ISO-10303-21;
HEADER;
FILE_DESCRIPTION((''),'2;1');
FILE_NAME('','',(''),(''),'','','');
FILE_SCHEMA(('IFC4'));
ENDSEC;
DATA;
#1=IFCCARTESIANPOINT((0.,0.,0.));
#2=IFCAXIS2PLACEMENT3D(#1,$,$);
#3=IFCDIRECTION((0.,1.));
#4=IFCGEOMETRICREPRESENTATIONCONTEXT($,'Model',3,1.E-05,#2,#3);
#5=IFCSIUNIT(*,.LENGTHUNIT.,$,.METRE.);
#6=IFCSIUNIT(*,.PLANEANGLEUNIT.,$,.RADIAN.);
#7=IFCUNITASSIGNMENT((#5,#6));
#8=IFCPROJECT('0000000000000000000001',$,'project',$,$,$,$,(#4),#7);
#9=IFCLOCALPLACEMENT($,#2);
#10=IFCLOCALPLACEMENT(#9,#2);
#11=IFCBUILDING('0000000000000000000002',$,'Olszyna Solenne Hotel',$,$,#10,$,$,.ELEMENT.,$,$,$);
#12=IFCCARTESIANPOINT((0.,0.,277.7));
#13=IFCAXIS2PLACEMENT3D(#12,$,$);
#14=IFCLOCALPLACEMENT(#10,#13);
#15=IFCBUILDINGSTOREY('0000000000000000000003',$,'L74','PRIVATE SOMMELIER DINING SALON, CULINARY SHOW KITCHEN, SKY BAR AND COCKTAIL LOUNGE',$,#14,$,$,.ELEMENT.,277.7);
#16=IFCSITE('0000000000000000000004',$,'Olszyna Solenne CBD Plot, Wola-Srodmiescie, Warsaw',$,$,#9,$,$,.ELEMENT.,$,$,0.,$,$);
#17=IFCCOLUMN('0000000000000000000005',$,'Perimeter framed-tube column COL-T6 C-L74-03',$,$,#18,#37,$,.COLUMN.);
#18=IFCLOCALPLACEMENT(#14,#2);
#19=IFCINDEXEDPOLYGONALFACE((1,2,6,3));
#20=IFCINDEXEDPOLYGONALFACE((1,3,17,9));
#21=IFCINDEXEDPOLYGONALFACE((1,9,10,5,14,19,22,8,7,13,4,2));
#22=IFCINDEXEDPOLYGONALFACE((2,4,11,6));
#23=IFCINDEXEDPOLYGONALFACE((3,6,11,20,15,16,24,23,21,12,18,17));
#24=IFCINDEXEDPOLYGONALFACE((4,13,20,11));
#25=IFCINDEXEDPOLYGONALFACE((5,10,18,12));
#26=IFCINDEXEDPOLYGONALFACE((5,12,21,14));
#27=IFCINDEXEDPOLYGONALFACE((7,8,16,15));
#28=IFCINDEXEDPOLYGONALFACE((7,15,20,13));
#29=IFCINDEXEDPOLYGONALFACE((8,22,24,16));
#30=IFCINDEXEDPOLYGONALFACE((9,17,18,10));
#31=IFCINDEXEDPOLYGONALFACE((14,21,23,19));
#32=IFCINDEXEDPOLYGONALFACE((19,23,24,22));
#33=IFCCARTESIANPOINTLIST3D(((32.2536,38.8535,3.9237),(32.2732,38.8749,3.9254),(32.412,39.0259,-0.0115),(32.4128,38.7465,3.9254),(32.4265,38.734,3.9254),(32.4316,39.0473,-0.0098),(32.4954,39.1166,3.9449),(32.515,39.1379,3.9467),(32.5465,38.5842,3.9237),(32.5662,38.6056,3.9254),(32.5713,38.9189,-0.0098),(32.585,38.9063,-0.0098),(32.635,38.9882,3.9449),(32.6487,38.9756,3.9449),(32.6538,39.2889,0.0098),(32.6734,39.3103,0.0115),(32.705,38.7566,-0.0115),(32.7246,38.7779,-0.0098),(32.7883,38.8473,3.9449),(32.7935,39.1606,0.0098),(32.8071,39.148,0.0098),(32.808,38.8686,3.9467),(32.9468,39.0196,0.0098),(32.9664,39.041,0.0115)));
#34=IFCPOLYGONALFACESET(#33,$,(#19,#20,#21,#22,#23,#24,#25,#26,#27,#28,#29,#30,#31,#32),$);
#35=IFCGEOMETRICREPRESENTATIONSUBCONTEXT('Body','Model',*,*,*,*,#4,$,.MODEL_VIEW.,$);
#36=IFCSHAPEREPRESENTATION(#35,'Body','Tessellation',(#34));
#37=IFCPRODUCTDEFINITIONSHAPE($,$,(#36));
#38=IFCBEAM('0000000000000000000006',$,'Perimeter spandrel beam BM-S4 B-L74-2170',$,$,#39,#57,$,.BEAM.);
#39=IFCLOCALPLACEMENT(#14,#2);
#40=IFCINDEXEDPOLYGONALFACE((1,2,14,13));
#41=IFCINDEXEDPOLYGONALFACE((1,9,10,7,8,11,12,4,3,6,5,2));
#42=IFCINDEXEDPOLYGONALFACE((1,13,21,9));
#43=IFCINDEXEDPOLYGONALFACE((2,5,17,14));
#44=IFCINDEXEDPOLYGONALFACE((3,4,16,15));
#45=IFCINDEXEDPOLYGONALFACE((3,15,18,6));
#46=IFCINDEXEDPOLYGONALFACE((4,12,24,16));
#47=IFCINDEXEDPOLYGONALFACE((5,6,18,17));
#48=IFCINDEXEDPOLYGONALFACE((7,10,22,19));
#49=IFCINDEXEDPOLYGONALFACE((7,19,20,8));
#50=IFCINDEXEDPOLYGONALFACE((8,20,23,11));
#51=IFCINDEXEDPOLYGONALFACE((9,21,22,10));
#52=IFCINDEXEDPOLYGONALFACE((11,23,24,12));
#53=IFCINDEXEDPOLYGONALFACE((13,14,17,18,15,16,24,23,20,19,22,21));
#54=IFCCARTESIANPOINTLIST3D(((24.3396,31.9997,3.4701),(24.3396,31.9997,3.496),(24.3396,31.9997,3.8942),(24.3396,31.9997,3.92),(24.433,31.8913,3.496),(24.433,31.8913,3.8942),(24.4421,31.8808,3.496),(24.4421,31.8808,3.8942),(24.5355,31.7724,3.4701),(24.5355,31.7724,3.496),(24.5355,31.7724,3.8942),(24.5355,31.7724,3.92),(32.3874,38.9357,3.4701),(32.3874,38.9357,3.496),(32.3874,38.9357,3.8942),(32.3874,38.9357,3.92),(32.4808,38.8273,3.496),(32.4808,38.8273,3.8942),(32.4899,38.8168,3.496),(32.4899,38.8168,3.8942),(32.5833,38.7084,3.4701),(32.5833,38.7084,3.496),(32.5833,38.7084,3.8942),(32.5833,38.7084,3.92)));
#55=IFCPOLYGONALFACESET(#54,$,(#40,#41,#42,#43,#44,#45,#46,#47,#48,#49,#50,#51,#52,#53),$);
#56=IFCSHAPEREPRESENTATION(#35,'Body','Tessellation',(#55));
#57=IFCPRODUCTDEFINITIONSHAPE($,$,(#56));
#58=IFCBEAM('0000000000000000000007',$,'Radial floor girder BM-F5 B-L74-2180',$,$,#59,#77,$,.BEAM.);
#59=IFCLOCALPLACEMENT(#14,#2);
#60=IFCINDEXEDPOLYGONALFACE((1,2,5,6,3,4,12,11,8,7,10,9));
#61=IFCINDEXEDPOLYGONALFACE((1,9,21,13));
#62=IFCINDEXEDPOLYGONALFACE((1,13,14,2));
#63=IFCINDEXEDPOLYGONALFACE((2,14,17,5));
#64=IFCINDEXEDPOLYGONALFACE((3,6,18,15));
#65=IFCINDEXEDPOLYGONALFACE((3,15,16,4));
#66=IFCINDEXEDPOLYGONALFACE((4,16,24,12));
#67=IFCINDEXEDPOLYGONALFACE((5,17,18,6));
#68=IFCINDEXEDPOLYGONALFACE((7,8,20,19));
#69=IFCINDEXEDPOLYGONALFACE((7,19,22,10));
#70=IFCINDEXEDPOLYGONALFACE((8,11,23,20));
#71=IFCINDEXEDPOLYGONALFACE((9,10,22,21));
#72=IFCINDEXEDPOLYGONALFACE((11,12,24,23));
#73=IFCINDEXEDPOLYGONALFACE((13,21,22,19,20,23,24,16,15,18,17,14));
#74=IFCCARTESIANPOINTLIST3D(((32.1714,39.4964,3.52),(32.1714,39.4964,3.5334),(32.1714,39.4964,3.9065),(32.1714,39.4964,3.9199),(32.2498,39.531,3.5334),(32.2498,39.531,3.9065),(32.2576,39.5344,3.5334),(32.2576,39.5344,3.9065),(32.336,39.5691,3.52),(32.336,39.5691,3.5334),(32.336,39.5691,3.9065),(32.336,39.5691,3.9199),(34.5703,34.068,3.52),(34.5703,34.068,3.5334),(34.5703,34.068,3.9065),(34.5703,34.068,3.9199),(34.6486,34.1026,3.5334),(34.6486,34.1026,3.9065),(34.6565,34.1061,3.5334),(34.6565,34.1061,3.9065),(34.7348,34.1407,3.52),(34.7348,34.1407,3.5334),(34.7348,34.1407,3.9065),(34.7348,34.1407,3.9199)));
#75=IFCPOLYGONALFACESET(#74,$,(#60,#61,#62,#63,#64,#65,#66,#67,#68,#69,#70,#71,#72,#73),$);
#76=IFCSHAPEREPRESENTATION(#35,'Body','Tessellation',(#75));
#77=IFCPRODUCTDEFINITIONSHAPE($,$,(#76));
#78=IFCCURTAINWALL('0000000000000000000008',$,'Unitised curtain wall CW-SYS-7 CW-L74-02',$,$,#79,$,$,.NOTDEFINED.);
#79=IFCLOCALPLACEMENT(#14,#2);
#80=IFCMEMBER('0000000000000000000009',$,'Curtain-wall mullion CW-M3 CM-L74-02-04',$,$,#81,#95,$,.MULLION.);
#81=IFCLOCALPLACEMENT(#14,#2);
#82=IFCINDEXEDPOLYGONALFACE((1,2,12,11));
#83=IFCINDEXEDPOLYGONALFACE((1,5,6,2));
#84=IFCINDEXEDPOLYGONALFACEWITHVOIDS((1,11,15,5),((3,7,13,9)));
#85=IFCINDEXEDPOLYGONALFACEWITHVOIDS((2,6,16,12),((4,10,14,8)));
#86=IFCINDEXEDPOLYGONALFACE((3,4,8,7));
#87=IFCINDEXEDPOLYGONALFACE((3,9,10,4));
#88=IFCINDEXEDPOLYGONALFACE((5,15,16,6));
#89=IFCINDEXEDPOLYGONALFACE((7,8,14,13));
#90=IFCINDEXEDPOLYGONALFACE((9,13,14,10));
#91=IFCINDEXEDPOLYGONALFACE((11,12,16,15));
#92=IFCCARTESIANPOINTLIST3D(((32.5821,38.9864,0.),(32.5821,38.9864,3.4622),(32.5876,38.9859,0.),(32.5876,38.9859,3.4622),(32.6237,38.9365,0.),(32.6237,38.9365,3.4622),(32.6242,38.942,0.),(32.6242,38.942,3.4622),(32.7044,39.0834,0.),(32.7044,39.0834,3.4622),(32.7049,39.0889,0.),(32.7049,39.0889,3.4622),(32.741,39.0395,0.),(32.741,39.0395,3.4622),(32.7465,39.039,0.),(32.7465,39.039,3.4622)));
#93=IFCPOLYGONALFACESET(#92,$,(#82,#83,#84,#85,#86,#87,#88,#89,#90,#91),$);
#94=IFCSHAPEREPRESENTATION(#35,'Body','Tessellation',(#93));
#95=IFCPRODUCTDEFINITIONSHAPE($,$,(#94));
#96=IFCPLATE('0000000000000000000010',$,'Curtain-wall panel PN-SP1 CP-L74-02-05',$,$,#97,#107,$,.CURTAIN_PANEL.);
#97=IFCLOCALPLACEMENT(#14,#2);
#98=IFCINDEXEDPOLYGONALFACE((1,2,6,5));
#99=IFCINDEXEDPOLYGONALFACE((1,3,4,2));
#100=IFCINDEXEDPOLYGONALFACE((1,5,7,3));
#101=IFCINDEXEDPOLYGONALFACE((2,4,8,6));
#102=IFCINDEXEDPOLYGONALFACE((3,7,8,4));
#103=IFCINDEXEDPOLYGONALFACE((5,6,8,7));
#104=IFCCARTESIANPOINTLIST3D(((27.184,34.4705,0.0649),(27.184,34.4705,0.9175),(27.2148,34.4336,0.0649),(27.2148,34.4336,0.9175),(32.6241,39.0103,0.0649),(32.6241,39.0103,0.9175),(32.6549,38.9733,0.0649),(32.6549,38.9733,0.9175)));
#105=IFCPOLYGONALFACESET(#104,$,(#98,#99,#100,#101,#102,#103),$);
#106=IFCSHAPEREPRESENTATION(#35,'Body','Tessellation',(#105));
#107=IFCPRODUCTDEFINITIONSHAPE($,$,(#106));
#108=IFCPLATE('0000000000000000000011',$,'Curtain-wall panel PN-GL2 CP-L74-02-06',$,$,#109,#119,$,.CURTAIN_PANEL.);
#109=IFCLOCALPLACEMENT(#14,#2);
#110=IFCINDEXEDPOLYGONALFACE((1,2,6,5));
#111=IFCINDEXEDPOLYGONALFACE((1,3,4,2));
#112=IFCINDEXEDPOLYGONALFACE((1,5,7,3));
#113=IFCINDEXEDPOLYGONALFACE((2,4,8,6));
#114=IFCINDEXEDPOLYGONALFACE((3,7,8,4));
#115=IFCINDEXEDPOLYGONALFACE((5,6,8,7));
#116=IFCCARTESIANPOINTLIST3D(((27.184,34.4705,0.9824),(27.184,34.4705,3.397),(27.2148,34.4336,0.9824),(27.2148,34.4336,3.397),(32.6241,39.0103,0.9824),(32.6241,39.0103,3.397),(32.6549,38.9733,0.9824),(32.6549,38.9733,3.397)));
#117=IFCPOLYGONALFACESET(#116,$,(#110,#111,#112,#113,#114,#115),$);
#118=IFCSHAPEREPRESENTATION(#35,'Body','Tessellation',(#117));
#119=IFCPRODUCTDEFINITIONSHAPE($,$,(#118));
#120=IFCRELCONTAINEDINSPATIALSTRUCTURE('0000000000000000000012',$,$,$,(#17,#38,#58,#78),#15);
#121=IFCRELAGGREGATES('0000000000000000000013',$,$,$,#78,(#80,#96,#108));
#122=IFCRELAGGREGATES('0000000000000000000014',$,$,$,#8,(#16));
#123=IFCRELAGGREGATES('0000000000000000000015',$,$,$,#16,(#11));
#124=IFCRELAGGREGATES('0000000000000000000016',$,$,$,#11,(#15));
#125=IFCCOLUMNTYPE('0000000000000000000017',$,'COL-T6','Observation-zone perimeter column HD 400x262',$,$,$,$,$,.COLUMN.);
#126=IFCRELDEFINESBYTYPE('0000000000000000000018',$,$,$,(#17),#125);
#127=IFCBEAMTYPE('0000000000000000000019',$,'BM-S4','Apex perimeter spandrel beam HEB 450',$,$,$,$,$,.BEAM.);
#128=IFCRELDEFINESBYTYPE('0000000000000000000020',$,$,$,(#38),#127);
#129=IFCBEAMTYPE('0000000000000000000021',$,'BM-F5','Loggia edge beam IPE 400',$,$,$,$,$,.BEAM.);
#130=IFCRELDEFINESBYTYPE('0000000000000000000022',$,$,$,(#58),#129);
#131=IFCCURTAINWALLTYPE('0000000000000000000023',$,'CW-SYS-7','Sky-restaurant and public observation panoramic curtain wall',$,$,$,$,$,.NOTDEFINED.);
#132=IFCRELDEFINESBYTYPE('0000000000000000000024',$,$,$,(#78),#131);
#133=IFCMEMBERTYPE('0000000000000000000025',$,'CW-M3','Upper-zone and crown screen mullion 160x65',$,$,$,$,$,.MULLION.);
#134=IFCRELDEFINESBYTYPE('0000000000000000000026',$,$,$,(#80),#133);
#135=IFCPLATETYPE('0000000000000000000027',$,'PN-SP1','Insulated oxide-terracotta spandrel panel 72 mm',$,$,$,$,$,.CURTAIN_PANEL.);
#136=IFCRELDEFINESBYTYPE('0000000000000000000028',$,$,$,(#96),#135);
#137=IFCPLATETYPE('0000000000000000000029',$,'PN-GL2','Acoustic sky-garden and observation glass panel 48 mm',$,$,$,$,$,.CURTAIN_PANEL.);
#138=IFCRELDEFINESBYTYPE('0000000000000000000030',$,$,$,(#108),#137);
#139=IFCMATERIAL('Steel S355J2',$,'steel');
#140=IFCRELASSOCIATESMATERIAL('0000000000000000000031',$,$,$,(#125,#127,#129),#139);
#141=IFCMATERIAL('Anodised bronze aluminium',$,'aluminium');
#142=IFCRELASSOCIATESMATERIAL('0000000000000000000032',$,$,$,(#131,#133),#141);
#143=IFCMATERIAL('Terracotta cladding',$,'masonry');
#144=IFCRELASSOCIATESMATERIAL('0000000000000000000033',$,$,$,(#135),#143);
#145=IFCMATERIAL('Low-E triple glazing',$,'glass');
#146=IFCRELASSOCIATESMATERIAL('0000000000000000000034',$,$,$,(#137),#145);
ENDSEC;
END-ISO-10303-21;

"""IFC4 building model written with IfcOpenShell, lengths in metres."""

from ifc_helpers import new_model, si_unit, direction, frame, origin, origin_2d, place, context, subcontext, project, spatial, rectangle, hollow_rectangle, i_section, extrude, source, transform, mapped, material, material_profile, profile_set, type_object, element, aggregate, save


model = new_model("IFC4")

# Units and contexts
model_context = context("Model", 3, precision=1e-05, world=origin(), true_north=direction((0.0, 1.0)))
body_context = subcontext(model_context, "Body", "Model", "MODEL_VIEW")
ifc_project = project(units=[si_unit("LENGTHUNIT", "METRE"), si_unit("PLANEANGLEUNIT", "RADIAN")], contexts=[model_context])

# Site, building, storey
site_placement = place(None, origin())
site = spatial("IfcSite", under=ifc_project, at=site_placement, Name="Olszyna Solenne CBD Plot, Wola-Srodmiescie, Warsaw", CompositionType="ELEMENT", RefElevation=0.0)
building_placement = place(site_placement, origin())
building = spatial("IfcBuilding", under=site, at=building_placement, Name="Olszyna Solenne Hotel", CompositionType="ELEMENT")
storey_placement = place(building_placement, frame((0.0, 0.0, 277.7)))
storey = spatial("IfcBuildingStorey", under=building, at=storey_placement, Name="L74", Description="PRIVATE SOMMELIER DINING SALON, CULINARY SHOW KITCHEN, SKY BAR AND COCKTAIL LOUNGE", CompositionType="ELEMENT", Elevation=277.7)

# Column
ifc_material_1 = material(Name="Steel S355J2", Category="steel")
ifc_material_profile_1 = material_profile(ifc_material_1, i_section(OverallWidth=0.3979, OverallDepth=0.387, WebThickness=0.0186, FlangeThickness=0.0291, at=origin_2d()), Name="HD 400x262", Category="load-bearing")
ifc_profile_set_1 = profile_set([ifc_material_profile_1], Name="Steel S355J2")
column_type = type_object("IfcColumnType", Name="COL-T6", Description="Observation-zone perimeter column HD 400x262", PredefinedType="COLUMN", material=ifc_profile_set_1)
shared_shape_1 = source(origin(), body_context, "Body", "SweptSolid", [
    extrude(i_section(OverallWidth=0.3979, OverallDepth=0.387, WebThickness=0.0186, FlangeThickness=0.0291, at=origin_2d()), origin(), (0.0, 0.0, 1.0), 3.9421),
])
column_placement = place(storey_placement, frame((32.6892, 39.0334, 0.0), z_axis=(-0.040194, -0.043725, 0.998235), x_axis=(0.736201, -0.676763, 0.0)))
element("IfcColumn", 1, at=column_placement, inside=storey, type_object=column_type, Name="Perimeter framed-tube column COL-T6 C-L74-03", PredefinedType="COLUMN", context=body_context, shape_type="MappedRepresentation", body=[
    mapped(shared_shape_1, transform((0.0, 0.0, 0.0), x_axis=(1.0, 0.0, 0.0), y_axis=(0.0, 1.0, 0.0), z_axis=(0.0, 0.0, 1.0), scale=1.0)),
])

# Beams
ifc_material_profile_2 = material_profile(ifc_material_1, i_section(OverallWidth=0.3, OverallDepth=0.45, WebThickness=0.0139, FlangeThickness=0.0259, at=origin_2d()), Name="HEB 450", Category="load-bearing")
ifc_profile_set_2 = profile_set([ifc_material_profile_2], Name="Steel S355J2")
beam_type_1 = type_object("IfcBeamType", Name="BM-S4", Description="Apex perimeter spandrel beam HEB 450", PredefinedType="BEAM", material=ifc_profile_set_2)
shared_shape_2 = source(origin(), body_context, "Body", "SweptSolid", [
    extrude(i_section(OverallWidth=0.3, OverallDepth=0.45, WebThickness=0.0139, FlangeThickness=0.0259, at=origin_2d()), origin(), (0.0, 0.0, 1.0), 10.6243),
])
beam_1_placement = place(storey_placement, frame((32.4854, 38.822, 3.6951), z_axis=(-0.757492, -0.652844, 0.0), x_axis=(0.652844, -0.757492, 0.0)))
element("IfcBeam", 2, at=beam_1_placement, inside=storey, type_object=beam_type_1, Name="Perimeter spandrel beam BM-S4 B-L74-2170", PredefinedType="BEAM", context=body_context, shape_type="MappedRepresentation", body=[
    mapped(shared_shape_2, transform((0.0, 0.0, 0.0), x_axis=(1.0, 0.0, 0.0), y_axis=(0.0, 1.0, 0.0), z_axis=(0.0, 0.0, 1.0), scale=1.0)),
])
ifc_material_profile_3 = material_profile(ifc_material_1, i_section(OverallWidth=0.1799, OverallDepth=0.3999, WebThickness=0.0085, FlangeThickness=0.0134, at=origin_2d()), Name="IPE 400", Category="load-bearing")
ifc_profile_set_3 = profile_set([ifc_material_profile_3], Name="Steel S355J2")
beam_type_2 = type_object("IfcBeamType", Name="BM-F5", Description="Loggia edge beam IPE 400", PredefinedType="BEAM", material=ifc_profile_set_3)
shared_shape_3 = source(origin(), body_context, "Body", "SweptSolid", [
    extrude(i_section(OverallWidth=0.1799, OverallDepth=0.3999, WebThickness=0.0085, FlangeThickness=0.0134, at=origin_2d()), origin(), (0.0, 0.0, 1.0), 5.9348),
])
beam_2_placement = place(storey_placement, frame((32.2537, 39.5327, 3.72), z_axis=(0.404206, -0.914668, 0.0), x_axis=(0.914668, 0.404206, 0.0)))
element("IfcBeam", 3, at=beam_2_placement, inside=storey, type_object=beam_type_2, Name="Radial floor girder BM-F5 B-L74-2180", PredefinedType="BEAM", context=body_context, shape_type="MappedRepresentation", body=[
    mapped(shared_shape_3, transform((0.0, 0.0, 0.0), x_axis=(1.0, 0.0, 0.0), y_axis=(0.0, 1.0, 0.0), z_axis=(0.0, 0.0, 1.0), scale=1.0)),
])

# Curtain wall, member, plates
ifc_material_2 = material(Name="Anodised bronze aluminium", Category="aluminium")
curtain_wall_type = type_object("IfcCurtainWallType", Name="CW-SYS-7", Description="Sky-restaurant and public observation panoramic curtain wall", PredefinedType="NOTDEFINED", material=ifc_material_2)
curtain_wall_placement = place(storey_placement, origin())
curtain_wall = element("IfcCurtainWall", 4, at=curtain_wall_placement, inside=storey, type_object=curtain_wall_type, Name="Unitised curtain wall CW-SYS-7 CW-L74-02", PredefinedType="NOTDEFINED")
ifc_material_profile_4 = material_profile(ifc_material_2, hollow_rectangle(XDim=0.0649, YDim=0.1599, WallThickness=0.0039, at=origin_2d()), Name="MULL 160x65x4", Category="load-bearing")
ifc_profile_set_4 = profile_set([ifc_material_profile_4], Name="Anodised bronze aluminium")
member_type = type_object("IfcMemberType", Name="CW-M3", Description="Upper-zone and crown screen mullion 160x65", PredefinedType="MULLION", material=ifc_profile_set_4)
shared_shape_4 = source(origin(), body_context, "Body", "SweptSolid", [
    extrude(hollow_rectangle(XDim=0.0649, YDim=0.1599, WallThickness=0.0039, at=origin_2d()), origin(), (0.0, 0.0, 1.0), 3.4622),
])
member_placement = place(storey_placement, frame((32.6643, 39.0127, 0.0), z_axis=(0.0, 0.0, 1.0), x_axis=(-0.640715, 0.767779, 0.0)))
member = element("IfcMember", 5, at=member_placement, type_object=member_type, Name="Curtain-wall mullion CW-M3 CM-L74-02-04", PredefinedType="MULLION", context=body_context, shape_type="MappedRepresentation", body=[
    mapped(shared_shape_4, transform((0.0, 0.0, 0.0), x_axis=(1.0, 0.0, 0.0), y_axis=(0.0, 1.0, 0.0), z_axis=(0.0, 0.0, 1.0), scale=1.0)),
])
ifc_material_3 = material(Name="Terracotta cladding", Category="masonry")
plate_type_1 = type_object("IfcPlateType", Name="PN-SP1", Description="Insulated oxide-terracotta spandrel panel 72 mm", PredefinedType="CURTAIN_PANEL", material=ifc_material_3)
shared_shape_5 = source(origin(), body_context, "Body", "SweptSolid", [
    extrude(rectangle(XDim=7.0854, YDim=0.0481, at=origin_2d()), origin(), (0.0, 0.0, 1.0), 0.8525),
])
plate_1_placement = place(storey_placement, frame((29.9194, 36.7219, 0.0649), z_axis=(0.0, 0.0, 1.0), x_axis=(0.767779, 0.640715, 0.0)))
plate_1 = element("IfcPlate", 6, at=plate_1_placement, type_object=plate_type_1, Name="Curtain-wall panel PN-SP1 CP-L74-02-05", PredefinedType="CURTAIN_PANEL", context=body_context, shape_type="MappedRepresentation", body=[
    mapped(shared_shape_5, transform((0.0, 0.0, 0.0), x_axis=(1.0, 0.0, 0.0), y_axis=(0.0, 1.0, 0.0), z_axis=(0.0, 0.0, 1.0), scale=1.0)),
])
ifc_material_4 = material(Name="Low-E triple glazing", Category="glass")
plate_type_2 = type_object("IfcPlateType", Name="PN-GL2", Description="Acoustic sky-garden and observation glass panel 48 mm", PredefinedType="CURTAIN_PANEL", material=ifc_material_4)
shared_shape_6 = source(origin(), body_context, "Body", "SweptSolid", [
    extrude(rectangle(XDim=7.0854, YDim=0.0481, at=origin_2d()), origin(), (0.0, 0.0, 1.0), 2.4146),
])
plate_2_placement = place(storey_placement, frame((29.9194, 36.7219, 0.9824), z_axis=(0.0, 0.0, 1.0), x_axis=(0.767779, 0.640715, 0.0)))
plate_2 = element("IfcPlate", 7, at=plate_2_placement, type_object=plate_type_2, Name="Curtain-wall panel PN-GL2 CP-L74-02-06", PredefinedType="CURTAIN_PANEL", context=body_context, shape_type="MappedRepresentation", body=[
    mapped(shared_shape_6, transform((0.0, 0.0, 0.0), x_axis=(1.0, 0.0, 0.0), y_axis=(0.0, 1.0, 0.0), z_axis=(0.0, 0.0, 1.0), scale=1.0)),
])
aggregate(curtain_wall, [member, plate_1, plate_2])

save(model, "model.ifc")
